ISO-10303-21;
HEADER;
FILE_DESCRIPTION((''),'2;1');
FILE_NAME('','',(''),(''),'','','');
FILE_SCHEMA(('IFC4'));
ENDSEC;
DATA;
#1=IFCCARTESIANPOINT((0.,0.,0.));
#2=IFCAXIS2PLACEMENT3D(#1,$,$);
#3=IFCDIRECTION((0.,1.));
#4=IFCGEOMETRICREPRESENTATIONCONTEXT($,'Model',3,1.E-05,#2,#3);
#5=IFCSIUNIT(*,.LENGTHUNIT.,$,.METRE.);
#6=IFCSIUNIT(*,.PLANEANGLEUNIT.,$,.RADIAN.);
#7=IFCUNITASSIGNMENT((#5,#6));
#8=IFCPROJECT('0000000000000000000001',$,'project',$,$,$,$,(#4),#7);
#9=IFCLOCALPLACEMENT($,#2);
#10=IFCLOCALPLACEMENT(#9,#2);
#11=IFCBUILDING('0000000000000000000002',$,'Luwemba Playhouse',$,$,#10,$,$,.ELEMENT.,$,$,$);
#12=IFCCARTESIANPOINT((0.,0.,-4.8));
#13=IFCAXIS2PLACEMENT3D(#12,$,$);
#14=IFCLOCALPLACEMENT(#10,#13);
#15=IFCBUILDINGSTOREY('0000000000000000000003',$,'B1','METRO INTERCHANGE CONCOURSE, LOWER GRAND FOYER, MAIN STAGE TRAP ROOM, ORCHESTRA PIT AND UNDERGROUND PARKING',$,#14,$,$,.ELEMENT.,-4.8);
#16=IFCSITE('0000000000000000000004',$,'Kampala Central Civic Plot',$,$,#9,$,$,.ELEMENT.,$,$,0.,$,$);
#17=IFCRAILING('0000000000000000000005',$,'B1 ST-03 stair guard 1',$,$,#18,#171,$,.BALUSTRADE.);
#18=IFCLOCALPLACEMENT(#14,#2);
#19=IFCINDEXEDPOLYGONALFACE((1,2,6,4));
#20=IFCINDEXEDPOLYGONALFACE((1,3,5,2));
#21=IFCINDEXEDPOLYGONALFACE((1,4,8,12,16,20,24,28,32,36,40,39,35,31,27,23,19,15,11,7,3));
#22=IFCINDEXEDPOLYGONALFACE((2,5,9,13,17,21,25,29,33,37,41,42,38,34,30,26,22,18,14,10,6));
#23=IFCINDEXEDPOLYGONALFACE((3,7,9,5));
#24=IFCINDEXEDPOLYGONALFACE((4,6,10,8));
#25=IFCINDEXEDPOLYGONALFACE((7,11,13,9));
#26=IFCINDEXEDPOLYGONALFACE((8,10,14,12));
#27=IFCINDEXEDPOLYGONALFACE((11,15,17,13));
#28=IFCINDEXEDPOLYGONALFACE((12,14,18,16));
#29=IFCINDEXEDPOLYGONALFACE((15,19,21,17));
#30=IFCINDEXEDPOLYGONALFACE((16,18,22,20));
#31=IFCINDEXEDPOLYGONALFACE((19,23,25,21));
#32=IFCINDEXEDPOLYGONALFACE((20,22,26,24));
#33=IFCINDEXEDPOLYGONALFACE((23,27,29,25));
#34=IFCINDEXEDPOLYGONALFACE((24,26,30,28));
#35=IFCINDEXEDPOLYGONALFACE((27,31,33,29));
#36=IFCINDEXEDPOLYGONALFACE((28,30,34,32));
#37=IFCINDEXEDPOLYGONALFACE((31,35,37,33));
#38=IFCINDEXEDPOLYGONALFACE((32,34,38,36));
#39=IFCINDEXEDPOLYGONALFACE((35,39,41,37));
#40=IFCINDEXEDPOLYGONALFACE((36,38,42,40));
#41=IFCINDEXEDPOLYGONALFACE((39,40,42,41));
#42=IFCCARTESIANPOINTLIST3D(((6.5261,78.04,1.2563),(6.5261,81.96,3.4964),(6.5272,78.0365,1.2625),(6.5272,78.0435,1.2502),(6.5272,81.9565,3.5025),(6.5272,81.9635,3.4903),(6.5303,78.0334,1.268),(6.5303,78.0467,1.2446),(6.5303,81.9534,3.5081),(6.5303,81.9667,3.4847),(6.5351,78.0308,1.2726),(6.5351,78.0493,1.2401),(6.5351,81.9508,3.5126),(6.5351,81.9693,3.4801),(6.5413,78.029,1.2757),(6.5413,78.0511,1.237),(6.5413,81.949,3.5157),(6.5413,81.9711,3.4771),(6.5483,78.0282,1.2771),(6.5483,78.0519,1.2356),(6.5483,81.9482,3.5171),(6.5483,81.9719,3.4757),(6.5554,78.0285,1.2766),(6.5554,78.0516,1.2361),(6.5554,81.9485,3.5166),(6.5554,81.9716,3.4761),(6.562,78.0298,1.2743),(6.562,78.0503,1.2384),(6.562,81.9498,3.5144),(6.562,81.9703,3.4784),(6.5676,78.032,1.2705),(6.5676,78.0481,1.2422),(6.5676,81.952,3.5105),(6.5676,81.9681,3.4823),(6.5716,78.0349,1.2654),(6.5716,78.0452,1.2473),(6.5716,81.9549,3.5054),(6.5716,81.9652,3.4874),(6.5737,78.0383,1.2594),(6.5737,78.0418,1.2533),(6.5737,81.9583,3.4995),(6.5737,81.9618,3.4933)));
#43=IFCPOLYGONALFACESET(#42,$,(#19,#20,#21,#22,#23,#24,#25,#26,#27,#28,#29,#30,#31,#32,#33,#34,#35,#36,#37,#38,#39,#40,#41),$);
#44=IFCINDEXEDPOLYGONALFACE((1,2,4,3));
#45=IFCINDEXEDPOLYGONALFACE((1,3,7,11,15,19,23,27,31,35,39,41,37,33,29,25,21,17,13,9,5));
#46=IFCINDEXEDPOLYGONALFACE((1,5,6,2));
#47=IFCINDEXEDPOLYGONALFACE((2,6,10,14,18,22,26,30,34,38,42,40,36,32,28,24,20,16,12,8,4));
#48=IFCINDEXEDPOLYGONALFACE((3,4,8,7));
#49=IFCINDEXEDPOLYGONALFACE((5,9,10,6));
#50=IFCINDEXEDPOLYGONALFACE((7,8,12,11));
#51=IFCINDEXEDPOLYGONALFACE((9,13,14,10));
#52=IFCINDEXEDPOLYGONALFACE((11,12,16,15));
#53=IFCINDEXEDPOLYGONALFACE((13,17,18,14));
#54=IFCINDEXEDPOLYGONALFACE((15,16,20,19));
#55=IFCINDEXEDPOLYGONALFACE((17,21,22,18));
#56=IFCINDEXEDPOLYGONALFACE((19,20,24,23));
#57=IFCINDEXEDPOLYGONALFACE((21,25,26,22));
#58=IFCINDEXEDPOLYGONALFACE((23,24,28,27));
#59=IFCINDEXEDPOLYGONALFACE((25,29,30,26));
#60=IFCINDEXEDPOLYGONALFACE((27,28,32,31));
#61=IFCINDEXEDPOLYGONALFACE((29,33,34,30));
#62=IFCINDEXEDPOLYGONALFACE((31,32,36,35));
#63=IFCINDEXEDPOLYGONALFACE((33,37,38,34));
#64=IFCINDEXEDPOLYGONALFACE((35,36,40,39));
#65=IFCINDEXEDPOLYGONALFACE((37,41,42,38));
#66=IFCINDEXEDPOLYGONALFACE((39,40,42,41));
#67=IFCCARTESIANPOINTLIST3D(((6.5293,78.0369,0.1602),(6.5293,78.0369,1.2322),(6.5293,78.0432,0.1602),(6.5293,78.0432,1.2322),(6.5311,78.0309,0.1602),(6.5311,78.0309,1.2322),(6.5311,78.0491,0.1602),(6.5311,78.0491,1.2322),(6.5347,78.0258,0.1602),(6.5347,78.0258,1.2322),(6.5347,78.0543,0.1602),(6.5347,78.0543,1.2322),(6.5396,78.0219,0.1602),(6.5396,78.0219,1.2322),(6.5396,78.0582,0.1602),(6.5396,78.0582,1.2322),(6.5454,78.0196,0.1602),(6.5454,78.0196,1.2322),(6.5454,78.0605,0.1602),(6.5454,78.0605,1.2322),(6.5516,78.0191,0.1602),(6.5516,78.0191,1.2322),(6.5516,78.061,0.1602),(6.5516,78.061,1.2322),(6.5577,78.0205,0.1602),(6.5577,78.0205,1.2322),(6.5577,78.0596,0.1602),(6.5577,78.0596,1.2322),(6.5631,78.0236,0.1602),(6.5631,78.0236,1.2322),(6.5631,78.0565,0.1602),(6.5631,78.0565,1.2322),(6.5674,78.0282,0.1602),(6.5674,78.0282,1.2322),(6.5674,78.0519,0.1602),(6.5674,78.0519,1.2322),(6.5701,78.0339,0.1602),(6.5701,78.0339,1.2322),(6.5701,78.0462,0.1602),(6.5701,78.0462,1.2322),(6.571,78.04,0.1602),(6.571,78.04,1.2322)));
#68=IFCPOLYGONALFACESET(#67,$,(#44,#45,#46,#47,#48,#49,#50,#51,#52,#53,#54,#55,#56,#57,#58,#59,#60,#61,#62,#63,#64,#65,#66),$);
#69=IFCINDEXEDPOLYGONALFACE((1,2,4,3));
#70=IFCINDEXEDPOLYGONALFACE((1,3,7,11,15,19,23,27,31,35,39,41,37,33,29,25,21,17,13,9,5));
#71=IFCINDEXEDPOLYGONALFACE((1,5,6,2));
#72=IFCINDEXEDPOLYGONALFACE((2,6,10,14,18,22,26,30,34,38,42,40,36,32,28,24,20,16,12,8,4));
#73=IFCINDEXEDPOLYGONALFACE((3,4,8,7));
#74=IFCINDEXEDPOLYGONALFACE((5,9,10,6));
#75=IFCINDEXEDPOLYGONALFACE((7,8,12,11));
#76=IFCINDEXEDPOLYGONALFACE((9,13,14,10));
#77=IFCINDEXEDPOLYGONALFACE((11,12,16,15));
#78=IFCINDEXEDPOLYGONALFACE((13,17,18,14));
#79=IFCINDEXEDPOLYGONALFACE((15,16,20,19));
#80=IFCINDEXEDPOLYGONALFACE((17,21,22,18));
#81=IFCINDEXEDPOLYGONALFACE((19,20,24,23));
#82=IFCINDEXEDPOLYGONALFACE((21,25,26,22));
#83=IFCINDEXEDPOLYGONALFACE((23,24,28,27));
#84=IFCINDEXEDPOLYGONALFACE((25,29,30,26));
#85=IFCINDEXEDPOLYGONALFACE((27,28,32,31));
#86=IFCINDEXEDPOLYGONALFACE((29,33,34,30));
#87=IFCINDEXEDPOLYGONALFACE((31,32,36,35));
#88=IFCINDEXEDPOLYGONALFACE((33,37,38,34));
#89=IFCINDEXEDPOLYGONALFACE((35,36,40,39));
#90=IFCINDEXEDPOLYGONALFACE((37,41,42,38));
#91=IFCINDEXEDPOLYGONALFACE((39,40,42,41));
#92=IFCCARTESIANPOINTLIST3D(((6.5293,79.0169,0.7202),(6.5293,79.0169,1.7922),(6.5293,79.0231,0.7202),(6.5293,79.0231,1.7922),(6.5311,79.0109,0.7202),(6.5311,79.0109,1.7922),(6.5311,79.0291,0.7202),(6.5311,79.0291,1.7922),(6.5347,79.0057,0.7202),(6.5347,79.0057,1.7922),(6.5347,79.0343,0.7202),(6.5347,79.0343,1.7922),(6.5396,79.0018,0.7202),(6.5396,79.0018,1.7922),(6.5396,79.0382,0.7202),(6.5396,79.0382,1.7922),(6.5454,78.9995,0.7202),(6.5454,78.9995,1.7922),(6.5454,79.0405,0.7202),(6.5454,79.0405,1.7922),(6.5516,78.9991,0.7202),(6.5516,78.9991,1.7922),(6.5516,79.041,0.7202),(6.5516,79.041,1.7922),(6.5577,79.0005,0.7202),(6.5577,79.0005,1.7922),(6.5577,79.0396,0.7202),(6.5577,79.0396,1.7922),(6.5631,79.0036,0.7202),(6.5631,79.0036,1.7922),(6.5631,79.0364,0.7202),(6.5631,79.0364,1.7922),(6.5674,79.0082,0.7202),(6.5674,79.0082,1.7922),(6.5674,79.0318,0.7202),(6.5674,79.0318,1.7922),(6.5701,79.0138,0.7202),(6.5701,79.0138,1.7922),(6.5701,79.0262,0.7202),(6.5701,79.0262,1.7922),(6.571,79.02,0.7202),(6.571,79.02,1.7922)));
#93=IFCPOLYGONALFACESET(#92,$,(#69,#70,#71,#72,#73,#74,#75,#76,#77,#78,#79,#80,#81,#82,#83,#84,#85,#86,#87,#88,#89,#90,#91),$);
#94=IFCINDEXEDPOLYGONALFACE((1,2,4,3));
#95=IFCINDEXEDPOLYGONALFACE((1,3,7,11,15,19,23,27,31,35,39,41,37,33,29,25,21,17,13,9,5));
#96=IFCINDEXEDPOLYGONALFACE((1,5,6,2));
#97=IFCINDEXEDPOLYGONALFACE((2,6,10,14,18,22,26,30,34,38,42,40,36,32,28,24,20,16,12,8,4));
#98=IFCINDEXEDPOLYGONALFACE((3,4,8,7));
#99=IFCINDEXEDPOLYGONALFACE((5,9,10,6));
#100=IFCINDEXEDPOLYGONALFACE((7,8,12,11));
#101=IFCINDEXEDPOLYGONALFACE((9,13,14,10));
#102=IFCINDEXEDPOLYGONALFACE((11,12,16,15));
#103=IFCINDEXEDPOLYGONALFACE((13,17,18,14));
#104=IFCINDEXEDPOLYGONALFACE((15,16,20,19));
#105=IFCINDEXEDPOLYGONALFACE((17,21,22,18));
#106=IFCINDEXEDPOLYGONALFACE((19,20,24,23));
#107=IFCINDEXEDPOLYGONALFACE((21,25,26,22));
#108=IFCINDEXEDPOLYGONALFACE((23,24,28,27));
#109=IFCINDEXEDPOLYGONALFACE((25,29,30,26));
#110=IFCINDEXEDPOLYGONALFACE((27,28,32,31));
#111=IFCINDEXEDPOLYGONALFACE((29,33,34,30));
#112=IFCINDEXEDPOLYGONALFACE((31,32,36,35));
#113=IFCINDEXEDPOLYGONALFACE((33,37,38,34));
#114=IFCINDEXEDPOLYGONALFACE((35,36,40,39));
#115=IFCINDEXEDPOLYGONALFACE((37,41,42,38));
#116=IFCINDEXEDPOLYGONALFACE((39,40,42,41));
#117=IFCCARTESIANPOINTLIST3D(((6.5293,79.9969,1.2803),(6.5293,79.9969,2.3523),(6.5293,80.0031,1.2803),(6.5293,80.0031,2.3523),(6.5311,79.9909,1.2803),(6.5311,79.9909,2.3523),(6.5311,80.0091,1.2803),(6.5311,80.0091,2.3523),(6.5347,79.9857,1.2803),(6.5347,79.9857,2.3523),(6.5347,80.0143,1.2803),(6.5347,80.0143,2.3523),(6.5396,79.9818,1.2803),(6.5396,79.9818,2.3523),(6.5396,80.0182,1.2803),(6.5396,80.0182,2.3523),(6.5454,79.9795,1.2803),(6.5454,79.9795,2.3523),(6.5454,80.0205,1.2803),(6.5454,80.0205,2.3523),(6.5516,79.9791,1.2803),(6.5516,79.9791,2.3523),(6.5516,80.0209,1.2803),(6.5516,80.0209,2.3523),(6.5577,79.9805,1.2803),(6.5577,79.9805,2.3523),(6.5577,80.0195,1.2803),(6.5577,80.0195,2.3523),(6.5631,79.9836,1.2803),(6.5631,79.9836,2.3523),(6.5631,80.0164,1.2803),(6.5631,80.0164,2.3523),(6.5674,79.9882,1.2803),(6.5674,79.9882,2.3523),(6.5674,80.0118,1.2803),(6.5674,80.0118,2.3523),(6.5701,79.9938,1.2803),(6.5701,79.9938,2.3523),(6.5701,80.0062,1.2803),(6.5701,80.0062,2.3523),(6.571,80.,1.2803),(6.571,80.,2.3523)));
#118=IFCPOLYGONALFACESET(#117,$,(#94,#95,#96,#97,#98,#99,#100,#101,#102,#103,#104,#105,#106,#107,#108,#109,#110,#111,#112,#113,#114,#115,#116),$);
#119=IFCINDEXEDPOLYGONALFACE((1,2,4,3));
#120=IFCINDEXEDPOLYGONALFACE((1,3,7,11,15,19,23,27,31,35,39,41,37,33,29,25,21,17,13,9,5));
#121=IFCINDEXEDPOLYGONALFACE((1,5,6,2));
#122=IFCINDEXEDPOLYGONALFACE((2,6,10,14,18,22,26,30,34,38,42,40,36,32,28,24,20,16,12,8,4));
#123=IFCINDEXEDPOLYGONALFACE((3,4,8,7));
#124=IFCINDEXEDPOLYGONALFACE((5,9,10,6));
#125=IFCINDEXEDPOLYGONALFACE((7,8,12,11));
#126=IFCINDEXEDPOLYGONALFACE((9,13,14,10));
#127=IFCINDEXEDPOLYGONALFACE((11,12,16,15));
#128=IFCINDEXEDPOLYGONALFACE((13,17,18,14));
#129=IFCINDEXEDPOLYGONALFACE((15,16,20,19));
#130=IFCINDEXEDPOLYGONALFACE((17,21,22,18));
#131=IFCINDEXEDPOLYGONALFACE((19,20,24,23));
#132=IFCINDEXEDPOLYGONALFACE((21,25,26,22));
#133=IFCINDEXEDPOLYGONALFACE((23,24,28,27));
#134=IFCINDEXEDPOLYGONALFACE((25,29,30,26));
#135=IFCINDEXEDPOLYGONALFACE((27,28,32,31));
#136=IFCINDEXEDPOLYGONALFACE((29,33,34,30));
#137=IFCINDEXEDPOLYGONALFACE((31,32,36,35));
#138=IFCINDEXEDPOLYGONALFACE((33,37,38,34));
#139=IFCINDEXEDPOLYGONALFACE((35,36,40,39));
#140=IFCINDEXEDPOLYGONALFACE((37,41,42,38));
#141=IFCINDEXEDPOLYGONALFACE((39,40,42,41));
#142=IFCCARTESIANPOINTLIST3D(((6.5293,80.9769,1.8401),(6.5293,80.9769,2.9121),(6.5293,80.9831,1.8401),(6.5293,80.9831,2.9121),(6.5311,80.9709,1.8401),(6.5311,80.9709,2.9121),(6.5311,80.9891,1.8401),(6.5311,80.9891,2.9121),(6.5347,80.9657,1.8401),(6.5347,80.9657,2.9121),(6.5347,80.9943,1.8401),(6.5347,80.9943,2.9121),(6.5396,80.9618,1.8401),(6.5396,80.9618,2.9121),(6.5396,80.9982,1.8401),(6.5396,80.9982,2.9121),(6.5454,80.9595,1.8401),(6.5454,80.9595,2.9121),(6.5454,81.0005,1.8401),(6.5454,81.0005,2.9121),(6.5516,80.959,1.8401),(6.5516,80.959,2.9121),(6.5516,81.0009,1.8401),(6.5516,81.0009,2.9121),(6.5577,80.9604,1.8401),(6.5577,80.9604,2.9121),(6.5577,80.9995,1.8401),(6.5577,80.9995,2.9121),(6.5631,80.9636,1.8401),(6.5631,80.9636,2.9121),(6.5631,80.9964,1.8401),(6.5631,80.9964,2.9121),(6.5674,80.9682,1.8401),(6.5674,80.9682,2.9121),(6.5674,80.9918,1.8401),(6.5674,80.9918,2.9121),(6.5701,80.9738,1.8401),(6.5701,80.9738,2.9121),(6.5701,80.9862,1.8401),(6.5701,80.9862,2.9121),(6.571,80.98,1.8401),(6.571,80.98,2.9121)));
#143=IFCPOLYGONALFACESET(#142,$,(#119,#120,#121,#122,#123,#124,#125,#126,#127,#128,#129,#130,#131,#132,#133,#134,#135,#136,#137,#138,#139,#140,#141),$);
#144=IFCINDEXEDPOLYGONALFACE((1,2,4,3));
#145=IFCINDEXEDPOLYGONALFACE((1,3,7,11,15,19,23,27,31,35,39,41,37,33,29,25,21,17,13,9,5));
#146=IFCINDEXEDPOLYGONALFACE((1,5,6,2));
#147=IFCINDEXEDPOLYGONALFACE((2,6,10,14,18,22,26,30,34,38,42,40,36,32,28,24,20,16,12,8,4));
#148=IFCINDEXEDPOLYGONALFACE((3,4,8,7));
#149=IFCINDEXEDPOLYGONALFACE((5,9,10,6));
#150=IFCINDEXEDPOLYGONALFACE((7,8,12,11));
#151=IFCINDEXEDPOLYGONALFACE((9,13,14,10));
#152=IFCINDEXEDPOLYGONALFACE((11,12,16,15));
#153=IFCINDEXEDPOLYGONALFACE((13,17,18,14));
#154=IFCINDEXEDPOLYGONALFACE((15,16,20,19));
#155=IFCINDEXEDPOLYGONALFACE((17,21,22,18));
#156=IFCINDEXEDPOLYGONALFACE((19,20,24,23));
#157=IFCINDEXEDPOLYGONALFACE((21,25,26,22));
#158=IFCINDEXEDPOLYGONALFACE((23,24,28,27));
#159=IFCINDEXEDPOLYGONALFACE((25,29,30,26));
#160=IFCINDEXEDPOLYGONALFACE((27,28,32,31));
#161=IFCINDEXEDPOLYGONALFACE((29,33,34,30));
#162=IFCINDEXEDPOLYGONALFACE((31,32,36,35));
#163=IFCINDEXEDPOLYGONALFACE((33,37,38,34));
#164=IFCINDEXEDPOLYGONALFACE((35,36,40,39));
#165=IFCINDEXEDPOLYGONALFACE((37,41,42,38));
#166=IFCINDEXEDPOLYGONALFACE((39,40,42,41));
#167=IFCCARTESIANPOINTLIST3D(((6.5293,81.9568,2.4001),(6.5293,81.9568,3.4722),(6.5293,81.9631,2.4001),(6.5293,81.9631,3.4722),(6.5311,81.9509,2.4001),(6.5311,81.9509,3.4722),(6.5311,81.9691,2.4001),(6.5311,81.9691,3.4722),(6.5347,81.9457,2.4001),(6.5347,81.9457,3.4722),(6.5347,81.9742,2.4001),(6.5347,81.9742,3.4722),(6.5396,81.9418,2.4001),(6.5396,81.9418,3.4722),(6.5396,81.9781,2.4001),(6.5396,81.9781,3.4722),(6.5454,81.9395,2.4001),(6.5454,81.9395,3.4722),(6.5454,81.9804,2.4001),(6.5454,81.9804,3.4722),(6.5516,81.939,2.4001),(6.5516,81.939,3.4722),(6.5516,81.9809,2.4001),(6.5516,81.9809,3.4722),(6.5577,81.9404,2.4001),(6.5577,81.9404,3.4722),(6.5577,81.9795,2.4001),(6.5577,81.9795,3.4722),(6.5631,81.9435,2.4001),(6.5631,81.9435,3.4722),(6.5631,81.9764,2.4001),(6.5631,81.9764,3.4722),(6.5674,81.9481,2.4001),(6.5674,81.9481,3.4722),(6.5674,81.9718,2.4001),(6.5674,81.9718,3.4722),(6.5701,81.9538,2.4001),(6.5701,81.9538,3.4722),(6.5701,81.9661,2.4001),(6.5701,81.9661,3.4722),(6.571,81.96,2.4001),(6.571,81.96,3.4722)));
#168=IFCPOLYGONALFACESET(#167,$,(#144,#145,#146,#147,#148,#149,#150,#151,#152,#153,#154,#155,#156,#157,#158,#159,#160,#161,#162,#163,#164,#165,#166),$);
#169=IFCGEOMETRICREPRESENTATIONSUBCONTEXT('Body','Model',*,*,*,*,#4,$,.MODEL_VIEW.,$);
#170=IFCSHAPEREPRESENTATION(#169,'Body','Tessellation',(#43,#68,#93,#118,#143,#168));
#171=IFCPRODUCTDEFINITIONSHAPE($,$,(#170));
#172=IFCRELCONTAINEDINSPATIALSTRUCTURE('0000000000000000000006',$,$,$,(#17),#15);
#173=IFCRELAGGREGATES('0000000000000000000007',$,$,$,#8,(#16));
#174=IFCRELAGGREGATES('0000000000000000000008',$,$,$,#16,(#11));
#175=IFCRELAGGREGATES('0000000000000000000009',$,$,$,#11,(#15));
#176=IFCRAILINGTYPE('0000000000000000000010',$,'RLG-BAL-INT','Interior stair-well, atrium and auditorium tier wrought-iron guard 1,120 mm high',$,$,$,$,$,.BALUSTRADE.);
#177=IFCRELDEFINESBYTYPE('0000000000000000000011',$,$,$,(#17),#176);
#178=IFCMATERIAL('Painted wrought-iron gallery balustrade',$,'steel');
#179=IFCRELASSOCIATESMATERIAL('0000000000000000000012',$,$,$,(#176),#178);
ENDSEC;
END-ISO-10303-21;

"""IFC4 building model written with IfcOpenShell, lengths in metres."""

from ifc_helpers import new_model, si_unit, direction, frame, origin, origin_2d, place, context, subcontext, project, spatial, circle, extrude, material, type_object, element, save


model = new_model("IFC4")

# Units and contexts
model_context = context("Model", 3, precision=1e-05, world=origin(), true_north=direction((0.0, 1.0)))
body_context = subcontext(model_context, "Body", "Model", "MODEL_VIEW")
ifc_project = project(units=[si_unit("LENGTHUNIT", "METRE"), si_unit("PLANEANGLEUNIT", "RADIAN")], contexts=[model_context])

# Site, building, storey
site_placement = place(None, origin())
site = spatial("IfcSite", under=ifc_project, at=site_placement, Name="Kampala Central Civic Plot", CompositionType="ELEMENT", RefElevation=0.0)
building_placement = place(site_placement, origin())
building = spatial("IfcBuilding", under=site, at=building_placement, Name="Luwemba Playhouse", CompositionType="ELEMENT")
storey_placement = place(building_placement, frame((0.0, 0.0, -4.8)))
storey = spatial("IfcBuildingStorey", under=building, at=storey_placement, Name="B1", Description="METRO INTERCHANGE CONCOURSE, LOWER GRAND FOYER, MAIN STAGE TRAP ROOM, ORCHESTRA PIT AND UNDERGROUND PARKING", CompositionType="ELEMENT", Elevation=-4.8)

# Railing
ifc_material_1 = material(Name="Painted wrought-iron gallery balustrade", Category="steel")
railing_type_1 = type_object("IfcRailingType", Name="RLG-BAL-INT", Description="Interior stair-well, atrium and auditorium tier wrought-iron guard 1,120 mm high", PredefinedType="BALUSTRADE", material=ifc_material_1)
railing_1_placement = place(storey_placement, frame((6.55, 78.04, 0.1602)))
element("IfcRailing", 1, at=railing_1_placement, inside=storey, type_object=railing_type_1, Name="B1 ST-03 stair guard 1", PredefinedType="BALUSTRADE", context=body_context, shape_type="SweptSolid", body=[
    extrude(circle(Radius=0.0239, at=origin_2d()), frame((0.0, 0.0, 1.0962), z_axis=(0.0, 0.86824, 0.496145), x_axis=(-1.0, 0.0, 0.0)), (0.0, 0.0, 1.0), 4.5149),
    extrude(circle(Radius=0.021, at=origin_2d()), origin(), (0.0, 0.0, 1.0), 1.072),
    extrude(circle(Radius=0.021, at=origin_2d()), frame((0.0, 0.98, 0.5601)), (0.0, 0.0, 1.0), 1.072),
    extrude(circle(Radius=0.021, at=origin_2d()), frame((0.0, 1.96, 1.1201)), (0.0, 0.0, 1.0), 1.072),
    extrude(circle(Radius=0.021, at=origin_2d()), frame((0.0, 2.9399, 1.6799)), (0.0, 0.0, 1.0), 1.072),
    extrude(circle(Radius=0.021, at=origin_2d()), frame((0.0, 3.9199, 2.24)), (0.0, 0.0, 1.0), 1.072),
])

save(model, "model.ifc")
